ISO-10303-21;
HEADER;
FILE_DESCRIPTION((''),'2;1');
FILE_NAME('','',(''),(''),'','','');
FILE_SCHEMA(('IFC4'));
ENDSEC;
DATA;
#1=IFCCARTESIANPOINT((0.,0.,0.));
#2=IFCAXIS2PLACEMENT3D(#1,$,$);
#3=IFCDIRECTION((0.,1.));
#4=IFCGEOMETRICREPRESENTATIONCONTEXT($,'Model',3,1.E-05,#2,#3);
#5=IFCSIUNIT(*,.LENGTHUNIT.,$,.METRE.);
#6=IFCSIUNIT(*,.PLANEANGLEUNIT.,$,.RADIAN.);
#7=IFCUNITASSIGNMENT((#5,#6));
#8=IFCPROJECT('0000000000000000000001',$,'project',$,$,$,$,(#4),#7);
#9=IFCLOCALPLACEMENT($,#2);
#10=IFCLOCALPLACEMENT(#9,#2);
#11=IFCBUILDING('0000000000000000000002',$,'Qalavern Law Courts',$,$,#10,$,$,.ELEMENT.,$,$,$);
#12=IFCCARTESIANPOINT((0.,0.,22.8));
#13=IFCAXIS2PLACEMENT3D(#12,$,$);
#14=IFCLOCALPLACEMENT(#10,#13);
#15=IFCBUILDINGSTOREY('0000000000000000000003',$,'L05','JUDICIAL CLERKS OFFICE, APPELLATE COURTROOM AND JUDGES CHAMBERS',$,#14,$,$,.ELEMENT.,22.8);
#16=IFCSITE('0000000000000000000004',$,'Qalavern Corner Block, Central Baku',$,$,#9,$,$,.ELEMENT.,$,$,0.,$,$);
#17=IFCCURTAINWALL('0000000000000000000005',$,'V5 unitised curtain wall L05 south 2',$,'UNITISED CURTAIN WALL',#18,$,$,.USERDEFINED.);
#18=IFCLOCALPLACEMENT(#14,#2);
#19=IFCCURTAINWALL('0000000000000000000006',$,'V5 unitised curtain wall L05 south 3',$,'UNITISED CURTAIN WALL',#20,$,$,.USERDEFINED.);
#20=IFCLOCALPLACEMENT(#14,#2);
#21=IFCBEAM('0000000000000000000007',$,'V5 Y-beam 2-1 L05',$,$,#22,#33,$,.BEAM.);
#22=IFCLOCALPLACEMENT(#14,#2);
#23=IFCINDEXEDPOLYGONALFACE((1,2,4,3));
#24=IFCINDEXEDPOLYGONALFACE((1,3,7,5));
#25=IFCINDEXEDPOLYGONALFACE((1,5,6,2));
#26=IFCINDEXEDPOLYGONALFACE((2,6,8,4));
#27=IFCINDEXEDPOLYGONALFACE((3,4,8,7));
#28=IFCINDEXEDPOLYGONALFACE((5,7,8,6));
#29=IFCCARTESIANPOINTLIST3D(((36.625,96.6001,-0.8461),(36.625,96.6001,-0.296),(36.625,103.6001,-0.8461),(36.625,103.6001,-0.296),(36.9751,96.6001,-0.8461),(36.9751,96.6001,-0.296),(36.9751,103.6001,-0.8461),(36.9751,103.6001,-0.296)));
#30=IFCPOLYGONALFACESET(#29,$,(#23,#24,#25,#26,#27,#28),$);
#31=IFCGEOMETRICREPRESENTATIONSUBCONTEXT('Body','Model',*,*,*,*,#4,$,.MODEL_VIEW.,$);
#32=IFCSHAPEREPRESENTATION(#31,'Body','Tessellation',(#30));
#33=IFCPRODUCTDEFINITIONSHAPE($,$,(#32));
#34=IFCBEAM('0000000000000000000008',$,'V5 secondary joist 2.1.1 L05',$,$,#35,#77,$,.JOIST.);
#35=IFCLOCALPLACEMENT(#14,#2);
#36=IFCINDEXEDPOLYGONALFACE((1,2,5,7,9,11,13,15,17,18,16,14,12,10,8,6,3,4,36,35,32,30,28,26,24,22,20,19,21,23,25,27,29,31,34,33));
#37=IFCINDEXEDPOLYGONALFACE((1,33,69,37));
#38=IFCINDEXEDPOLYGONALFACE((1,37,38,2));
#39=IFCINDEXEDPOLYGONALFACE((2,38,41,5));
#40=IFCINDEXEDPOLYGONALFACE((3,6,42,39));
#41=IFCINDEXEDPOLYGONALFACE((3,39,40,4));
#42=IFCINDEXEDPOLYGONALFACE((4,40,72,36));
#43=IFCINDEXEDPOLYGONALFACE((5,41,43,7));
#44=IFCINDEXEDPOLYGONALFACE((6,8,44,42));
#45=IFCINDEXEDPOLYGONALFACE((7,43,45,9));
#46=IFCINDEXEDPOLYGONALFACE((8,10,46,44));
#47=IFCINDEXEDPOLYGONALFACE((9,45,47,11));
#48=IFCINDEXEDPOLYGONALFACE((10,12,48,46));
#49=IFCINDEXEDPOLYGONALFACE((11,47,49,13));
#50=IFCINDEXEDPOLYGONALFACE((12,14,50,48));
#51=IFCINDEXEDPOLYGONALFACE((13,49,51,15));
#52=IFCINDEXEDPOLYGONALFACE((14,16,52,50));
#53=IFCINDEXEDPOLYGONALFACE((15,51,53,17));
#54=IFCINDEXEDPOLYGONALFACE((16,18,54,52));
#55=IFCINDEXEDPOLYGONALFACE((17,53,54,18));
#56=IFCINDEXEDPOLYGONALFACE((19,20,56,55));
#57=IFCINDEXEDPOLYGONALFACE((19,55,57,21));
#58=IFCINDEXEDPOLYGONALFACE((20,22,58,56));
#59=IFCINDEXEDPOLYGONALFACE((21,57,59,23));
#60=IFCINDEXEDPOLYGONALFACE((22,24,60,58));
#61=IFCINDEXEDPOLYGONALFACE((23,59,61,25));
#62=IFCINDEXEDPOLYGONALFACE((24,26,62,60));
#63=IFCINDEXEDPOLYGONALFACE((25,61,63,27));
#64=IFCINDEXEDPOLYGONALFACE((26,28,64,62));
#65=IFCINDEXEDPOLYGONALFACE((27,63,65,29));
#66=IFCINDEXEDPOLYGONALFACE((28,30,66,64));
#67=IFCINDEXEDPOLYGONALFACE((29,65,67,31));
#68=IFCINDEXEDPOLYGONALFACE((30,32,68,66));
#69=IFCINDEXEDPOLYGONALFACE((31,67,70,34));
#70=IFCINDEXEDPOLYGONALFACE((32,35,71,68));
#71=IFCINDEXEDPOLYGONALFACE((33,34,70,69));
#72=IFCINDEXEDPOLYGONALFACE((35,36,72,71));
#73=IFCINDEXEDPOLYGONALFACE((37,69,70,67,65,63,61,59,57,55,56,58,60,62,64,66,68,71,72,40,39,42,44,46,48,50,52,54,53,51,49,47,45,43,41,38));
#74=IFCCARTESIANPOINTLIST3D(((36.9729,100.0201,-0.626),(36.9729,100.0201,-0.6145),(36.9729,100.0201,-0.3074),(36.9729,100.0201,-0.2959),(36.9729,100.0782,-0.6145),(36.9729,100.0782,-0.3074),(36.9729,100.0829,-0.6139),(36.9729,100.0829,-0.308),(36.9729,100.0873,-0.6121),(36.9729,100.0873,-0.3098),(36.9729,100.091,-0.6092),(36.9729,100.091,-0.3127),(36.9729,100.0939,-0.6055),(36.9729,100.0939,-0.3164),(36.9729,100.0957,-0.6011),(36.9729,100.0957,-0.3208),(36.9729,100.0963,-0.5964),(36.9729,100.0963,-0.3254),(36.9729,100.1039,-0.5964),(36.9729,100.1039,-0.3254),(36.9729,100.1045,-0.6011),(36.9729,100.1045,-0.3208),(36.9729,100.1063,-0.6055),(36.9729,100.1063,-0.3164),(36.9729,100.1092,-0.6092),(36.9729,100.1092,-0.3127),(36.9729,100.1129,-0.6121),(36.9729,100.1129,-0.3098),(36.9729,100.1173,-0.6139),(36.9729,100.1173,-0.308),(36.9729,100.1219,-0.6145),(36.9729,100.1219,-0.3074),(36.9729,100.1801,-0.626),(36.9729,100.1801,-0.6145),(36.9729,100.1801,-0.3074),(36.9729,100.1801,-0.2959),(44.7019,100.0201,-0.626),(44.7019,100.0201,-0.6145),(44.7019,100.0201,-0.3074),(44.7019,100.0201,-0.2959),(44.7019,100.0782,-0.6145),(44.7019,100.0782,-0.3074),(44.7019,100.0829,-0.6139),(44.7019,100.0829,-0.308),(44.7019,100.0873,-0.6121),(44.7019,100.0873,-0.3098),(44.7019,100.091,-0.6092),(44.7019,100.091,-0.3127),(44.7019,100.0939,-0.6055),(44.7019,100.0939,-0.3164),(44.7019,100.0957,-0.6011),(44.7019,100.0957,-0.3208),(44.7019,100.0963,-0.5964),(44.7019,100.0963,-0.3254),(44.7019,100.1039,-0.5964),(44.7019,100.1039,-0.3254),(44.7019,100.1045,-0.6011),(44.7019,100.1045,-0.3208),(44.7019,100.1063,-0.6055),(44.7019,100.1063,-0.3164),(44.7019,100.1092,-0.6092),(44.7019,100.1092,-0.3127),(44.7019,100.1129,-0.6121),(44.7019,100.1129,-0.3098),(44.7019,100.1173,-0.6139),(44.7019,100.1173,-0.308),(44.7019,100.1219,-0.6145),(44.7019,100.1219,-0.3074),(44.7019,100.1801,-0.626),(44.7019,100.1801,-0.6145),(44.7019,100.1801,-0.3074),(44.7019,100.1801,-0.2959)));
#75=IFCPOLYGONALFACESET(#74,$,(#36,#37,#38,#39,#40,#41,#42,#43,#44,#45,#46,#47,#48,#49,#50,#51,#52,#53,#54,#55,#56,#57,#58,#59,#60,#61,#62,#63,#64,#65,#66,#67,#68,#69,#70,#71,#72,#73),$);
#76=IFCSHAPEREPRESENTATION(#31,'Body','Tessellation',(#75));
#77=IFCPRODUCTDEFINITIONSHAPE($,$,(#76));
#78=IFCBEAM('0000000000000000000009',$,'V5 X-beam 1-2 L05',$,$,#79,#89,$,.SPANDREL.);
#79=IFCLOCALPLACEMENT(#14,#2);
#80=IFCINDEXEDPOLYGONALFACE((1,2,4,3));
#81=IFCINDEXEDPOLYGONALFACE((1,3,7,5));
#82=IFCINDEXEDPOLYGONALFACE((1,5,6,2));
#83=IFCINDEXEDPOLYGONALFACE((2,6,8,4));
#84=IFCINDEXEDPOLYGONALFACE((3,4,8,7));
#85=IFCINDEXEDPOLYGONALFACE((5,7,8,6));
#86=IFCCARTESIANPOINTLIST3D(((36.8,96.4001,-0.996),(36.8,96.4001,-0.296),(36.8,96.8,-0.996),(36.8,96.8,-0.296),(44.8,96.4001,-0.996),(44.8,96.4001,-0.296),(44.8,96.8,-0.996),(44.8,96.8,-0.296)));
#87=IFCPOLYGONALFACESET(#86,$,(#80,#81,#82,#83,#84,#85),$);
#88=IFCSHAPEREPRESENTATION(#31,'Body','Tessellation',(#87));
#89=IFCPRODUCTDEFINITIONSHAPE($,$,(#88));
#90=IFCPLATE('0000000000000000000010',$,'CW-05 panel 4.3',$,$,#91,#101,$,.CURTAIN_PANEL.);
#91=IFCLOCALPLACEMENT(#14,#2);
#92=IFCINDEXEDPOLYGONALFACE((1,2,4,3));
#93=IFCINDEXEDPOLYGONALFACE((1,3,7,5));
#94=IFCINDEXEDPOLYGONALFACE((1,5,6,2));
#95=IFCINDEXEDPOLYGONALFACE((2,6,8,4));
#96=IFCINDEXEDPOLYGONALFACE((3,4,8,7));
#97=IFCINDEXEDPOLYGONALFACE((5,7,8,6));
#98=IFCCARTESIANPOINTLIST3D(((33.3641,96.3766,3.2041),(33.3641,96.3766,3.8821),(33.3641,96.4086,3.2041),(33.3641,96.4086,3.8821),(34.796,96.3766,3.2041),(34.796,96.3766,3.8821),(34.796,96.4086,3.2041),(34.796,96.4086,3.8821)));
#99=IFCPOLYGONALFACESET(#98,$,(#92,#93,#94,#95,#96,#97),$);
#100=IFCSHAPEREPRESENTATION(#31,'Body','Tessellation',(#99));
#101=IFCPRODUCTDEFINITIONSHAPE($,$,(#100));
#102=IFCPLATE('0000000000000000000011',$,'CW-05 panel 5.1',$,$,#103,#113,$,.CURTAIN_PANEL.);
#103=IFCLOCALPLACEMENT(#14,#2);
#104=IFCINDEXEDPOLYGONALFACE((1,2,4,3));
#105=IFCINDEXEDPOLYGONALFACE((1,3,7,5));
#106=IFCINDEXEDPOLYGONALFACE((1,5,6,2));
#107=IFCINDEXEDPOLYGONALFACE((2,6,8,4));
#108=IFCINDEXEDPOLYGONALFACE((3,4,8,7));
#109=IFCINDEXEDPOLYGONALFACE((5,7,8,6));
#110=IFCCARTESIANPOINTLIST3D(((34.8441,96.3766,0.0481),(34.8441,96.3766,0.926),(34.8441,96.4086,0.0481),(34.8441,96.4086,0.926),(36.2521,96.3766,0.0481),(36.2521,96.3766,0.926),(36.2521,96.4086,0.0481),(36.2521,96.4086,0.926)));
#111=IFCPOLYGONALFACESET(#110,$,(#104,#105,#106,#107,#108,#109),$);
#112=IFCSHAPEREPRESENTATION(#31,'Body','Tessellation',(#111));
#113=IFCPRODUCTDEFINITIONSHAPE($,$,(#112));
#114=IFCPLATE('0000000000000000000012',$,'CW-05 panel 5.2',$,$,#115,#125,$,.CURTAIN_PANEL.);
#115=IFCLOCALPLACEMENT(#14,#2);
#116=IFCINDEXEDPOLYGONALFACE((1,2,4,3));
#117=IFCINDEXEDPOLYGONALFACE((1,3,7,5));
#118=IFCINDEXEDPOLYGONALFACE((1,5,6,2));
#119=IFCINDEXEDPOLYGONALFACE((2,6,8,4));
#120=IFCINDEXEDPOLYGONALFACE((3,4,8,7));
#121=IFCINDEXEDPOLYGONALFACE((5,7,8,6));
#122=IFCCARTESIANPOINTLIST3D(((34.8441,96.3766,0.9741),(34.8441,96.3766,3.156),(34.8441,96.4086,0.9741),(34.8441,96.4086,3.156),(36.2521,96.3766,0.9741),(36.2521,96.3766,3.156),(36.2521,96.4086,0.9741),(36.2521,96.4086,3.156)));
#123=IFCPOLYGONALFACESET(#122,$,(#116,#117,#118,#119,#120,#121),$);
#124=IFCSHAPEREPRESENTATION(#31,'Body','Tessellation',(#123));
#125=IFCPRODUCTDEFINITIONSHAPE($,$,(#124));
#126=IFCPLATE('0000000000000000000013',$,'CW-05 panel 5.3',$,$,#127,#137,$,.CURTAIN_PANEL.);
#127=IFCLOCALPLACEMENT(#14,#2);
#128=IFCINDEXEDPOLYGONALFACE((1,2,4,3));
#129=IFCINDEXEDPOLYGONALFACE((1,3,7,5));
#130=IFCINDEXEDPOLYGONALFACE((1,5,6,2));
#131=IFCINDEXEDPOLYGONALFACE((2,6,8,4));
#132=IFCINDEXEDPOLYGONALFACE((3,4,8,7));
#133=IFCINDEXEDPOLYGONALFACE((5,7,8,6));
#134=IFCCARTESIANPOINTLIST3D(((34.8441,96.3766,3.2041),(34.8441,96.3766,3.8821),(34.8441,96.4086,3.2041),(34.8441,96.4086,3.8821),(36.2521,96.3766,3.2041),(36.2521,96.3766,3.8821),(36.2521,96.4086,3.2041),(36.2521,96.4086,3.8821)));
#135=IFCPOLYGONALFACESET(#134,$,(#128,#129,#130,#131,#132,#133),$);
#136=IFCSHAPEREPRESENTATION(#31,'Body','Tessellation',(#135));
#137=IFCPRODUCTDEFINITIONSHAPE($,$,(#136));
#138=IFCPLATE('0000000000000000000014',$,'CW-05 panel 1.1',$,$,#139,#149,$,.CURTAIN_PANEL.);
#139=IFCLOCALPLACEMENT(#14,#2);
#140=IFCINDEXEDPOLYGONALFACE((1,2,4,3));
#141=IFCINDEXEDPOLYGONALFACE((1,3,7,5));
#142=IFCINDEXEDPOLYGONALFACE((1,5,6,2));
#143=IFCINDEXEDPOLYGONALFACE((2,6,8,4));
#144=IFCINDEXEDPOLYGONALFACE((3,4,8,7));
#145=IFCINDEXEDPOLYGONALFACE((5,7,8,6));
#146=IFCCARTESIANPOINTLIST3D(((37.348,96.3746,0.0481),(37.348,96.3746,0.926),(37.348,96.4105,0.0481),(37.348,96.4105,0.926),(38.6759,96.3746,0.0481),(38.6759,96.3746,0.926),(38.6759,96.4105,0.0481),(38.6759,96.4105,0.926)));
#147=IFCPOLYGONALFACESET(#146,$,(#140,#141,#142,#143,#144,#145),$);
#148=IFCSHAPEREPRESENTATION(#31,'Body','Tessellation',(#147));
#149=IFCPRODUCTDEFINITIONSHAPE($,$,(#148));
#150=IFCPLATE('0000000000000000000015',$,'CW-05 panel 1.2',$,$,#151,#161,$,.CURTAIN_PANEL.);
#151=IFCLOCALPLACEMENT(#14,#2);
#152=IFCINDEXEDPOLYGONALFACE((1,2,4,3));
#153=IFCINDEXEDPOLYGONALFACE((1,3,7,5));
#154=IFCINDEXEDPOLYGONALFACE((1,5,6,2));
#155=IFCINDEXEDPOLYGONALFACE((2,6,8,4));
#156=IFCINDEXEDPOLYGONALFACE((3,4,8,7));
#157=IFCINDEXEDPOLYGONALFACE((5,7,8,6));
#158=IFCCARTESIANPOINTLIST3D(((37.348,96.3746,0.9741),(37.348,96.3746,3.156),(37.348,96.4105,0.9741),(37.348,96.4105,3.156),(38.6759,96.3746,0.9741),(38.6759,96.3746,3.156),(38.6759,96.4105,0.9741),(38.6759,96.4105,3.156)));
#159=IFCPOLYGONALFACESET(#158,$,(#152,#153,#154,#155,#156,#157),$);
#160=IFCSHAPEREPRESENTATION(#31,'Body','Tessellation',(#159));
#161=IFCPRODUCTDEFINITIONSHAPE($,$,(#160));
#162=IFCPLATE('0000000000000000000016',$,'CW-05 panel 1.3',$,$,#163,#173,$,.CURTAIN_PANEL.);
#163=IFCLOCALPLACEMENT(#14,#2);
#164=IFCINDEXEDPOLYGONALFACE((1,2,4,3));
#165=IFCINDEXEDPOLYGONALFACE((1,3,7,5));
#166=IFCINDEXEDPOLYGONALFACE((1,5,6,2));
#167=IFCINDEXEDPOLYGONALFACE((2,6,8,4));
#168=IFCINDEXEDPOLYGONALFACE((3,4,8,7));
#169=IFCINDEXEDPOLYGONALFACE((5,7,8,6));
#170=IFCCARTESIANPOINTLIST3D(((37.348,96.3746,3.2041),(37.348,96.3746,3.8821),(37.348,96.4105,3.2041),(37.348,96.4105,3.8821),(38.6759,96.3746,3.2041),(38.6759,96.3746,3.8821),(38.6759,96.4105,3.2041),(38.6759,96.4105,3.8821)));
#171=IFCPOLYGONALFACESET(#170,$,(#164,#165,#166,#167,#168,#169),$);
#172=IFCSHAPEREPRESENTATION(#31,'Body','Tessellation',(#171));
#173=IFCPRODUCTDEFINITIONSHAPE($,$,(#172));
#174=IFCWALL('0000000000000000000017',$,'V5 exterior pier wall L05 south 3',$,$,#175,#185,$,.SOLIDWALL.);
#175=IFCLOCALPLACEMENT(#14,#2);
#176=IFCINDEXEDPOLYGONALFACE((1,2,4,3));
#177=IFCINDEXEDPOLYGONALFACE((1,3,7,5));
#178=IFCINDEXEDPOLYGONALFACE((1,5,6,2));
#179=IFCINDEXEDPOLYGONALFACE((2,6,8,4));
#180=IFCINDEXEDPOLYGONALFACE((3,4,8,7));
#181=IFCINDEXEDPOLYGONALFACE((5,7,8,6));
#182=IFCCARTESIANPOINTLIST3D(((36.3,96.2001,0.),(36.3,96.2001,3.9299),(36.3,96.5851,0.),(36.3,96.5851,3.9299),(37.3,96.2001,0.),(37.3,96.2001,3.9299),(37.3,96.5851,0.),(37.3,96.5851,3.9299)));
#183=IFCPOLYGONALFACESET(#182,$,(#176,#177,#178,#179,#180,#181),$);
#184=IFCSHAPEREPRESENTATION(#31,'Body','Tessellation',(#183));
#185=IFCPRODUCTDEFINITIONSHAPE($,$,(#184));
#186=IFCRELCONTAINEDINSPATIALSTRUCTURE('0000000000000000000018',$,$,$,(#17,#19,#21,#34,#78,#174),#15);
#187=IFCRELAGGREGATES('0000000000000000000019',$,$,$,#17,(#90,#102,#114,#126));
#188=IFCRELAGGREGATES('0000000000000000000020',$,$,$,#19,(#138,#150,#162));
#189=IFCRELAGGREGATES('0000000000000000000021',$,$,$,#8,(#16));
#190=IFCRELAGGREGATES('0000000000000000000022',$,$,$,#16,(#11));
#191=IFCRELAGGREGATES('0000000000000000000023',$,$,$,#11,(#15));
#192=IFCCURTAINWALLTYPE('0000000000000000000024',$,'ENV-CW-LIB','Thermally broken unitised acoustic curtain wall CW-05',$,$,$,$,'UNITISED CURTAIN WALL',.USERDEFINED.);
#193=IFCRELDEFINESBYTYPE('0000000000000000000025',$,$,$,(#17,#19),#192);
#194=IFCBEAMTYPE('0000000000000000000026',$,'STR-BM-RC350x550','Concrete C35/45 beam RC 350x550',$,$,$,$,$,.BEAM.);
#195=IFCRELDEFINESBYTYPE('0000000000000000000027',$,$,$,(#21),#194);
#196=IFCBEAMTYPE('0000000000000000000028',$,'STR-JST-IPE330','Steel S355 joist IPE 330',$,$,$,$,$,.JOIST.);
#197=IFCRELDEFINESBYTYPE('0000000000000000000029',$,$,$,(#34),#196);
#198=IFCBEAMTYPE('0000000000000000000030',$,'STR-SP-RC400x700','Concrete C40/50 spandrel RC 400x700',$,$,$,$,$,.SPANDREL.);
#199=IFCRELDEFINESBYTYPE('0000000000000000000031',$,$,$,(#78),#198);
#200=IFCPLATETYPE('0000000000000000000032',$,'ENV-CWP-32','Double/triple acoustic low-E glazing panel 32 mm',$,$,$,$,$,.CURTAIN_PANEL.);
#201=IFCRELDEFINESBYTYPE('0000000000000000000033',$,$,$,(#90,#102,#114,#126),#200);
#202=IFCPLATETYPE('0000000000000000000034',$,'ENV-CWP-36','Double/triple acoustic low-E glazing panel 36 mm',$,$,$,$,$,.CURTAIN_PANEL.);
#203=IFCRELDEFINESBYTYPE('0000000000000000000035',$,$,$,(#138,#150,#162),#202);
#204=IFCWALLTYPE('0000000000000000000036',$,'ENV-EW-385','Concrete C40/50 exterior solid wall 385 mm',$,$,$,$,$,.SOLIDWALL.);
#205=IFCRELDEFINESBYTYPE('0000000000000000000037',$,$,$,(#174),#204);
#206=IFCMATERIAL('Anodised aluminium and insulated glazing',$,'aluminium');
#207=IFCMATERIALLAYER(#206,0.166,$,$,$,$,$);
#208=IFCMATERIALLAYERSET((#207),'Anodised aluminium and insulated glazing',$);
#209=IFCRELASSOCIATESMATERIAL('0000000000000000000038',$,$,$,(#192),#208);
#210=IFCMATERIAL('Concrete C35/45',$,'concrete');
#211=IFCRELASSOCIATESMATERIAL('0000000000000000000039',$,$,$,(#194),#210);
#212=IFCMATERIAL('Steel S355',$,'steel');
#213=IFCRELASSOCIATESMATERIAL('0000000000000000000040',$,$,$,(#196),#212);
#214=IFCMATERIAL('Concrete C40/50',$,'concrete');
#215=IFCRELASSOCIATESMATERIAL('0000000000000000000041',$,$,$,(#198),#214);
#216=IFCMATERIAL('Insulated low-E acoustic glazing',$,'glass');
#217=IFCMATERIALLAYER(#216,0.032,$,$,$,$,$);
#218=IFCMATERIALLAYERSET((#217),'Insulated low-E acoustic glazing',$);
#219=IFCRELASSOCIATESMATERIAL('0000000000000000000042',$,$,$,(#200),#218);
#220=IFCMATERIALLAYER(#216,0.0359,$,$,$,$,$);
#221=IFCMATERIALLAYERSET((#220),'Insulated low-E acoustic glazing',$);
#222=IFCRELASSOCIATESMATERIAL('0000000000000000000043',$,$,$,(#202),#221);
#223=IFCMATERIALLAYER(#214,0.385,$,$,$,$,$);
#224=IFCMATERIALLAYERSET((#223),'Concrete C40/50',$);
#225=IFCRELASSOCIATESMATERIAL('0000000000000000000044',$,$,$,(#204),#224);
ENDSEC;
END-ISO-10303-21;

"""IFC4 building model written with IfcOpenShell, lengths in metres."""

from ifc_helpers import new_model, si_unit, direction, frame, frame_2d, origin, origin_2d, place, context, subcontext, project, spatial, rectangle, i_section, extrude, material, layer, layer_set, material_profile, profile_set, type_object, element, aggregate, save


model = new_model("IFC4")

# Units and contexts
model_context = context("Model", 3, precision=1e-05, world=origin(), true_north=direction((0.0, 1.0)))
body_context = subcontext(model_context, "Body", "Model", "MODEL_VIEW")
ifc_project = project(units=[si_unit("LENGTHUNIT", "METRE"), si_unit("PLANEANGLEUNIT", "RADIAN")], contexts=[model_context])

# Site, building, storey
site_placement = place(None, origin())
site = spatial("IfcSite", under=ifc_project, at=site_placement, Name="Qalavern Corner Block, Central Baku", CompositionType="ELEMENT", RefElevation=0.0)
building_placement = place(site_placement, origin())
building = spatial("IfcBuilding", under=site, at=building_placement, Name="Qalavern Law Courts", CompositionType="ELEMENT")
storey_placement = place(building_placement, frame((0.0, 0.0, 22.8)))
storey = spatial("IfcBuildingStorey", under=building, at=storey_placement, Name="L05", Description="JUDICIAL CLERKS OFFICE, APPELLATE COURTROOM AND JUDGES CHAMBERS", CompositionType="ELEMENT", Elevation=22.8)

# Curtain walls
ifc_material_1 = material(Name="Anodised aluminium and insulated glazing", Category="aluminium")
ifc_layer_1 = layer(ifc_material_1, 0.166)
ifc_layer_set_1 = layer_set([ifc_layer_1], Name="Anodised aluminium and insulated glazing")
curtain_wall_type = type_object("IfcCurtainWallType", Name="ENV-CW-LIB", Description="Thermally broken unitised acoustic curtain wall CW-05", ElementType="UNITISED CURTAIN WALL", PredefinedType="USERDEFINED", material=ifc_layer_set_1)
curtain_wall_1_placement = place(storey_placement, origin())
curtain_wall_1 = element("IfcCurtainWall", 1, at=curtain_wall_1_placement, inside=storey, type_object=curtain_wall_type, Name="V5 unitised curtain wall L05 south 2", ObjectType="UNITISED CURTAIN WALL", PredefinedType="USERDEFINED")
curtain_wall_2_placement = place(storey_placement, origin())
curtain_wall_2 = element("IfcCurtainWall", 2, at=curtain_wall_2_placement, inside=storey, type_object=curtain_wall_type, Name="V5 unitised curtain wall L05 south 3", ObjectType="UNITISED CURTAIN WALL", PredefinedType="USERDEFINED")

# Beams
ifc_material_2 = material(Name="Steel S355", Category="steel")
ifc_material_3 = material(Name="Concrete C35/45", Category="concrete")
ifc_material_profile_1 = material_profile(ifc_material_3, rectangle(XDim=0.3501, YDim=0.55, at=origin_2d()), Name="RC 350x550")
ifc_profile_set_1 = profile_set([ifc_material_profile_1], Name="Concrete C35/45")
beam_type_1 = type_object("IfcBeamType", Name="STR-BM-RC350x550", Description="Concrete C35/45 beam RC 350x550", PredefinedType="BEAM", material=ifc_profile_set_1)
beam_1_placement = place(storey_placement, frame((36.8, 96.6001, -0.571), z_axis=(0.0, 1.0, 0.0), x_axis=(-1.0, 0.0, 0.0)))
element("IfcBeam", 3, at=beam_1_placement, inside=storey, type_object=beam_type_1, Name="V5 Y-beam 2-1 L05", PredefinedType="BEAM", context=body_context, shape_type="SweptSolid", body=[
    extrude(rectangle(XDim=0.3501, YDim=0.55, at=origin_2d()), origin(), (0.0, 0.0, 1.0), 7.0),
])
ifc_material_profile_2 = material_profile(ifc_material_2, i_section(OverallWidth=0.1599, OverallDepth=0.3301, WebThickness=0.0076, FlangeThickness=0.0115, FilletRadius=0.0181, at=origin_2d()), Name="IPE 330")
ifc_profile_set_2 = profile_set([ifc_material_profile_2], Name="Steel S355")
beam_type_2 = type_object("IfcBeamType", Name="STR-JST-IPE330", Description="Steel S355 joist IPE 330", PredefinedType="JOIST", material=ifc_profile_set_2)
beam_2_placement = place(storey_placement, frame((36.9729, 100.1001, -0.4609), z_axis=(1.0, 0.0, 0.0), x_axis=(0.0, 1.0, 0.0)))
element("IfcBeam", 4, at=beam_2_placement, inside=storey, type_object=beam_type_2, Name="V5 secondary joist 2.1.1 L05", PredefinedType="JOIST", context=body_context, shape_type="SweptSolid", body=[
    extrude(i_section(OverallWidth=0.1599, OverallDepth=0.3301, WebThickness=0.0076, FlangeThickness=0.0115, FilletRadius=0.0181, at=origin_2d()), origin(), (0.0, 0.0, 1.0), 7.729),
])
ifc_material_4 = material(Name="Concrete C40/50", Category="concrete")
ifc_material_profile_3 = material_profile(ifc_material_4, rectangle(XDim=0.3999, YDim=0.7, at=origin_2d()), Name="RC 400x700")
ifc_profile_set_3 = profile_set([ifc_material_profile_3], Name="Concrete C40/50")
beam_type_3 = type_object("IfcBeamType", Name="STR-SP-RC400x700", Description="Concrete C40/50 spandrel RC 400x700", PredefinedType="SPANDREL", material=ifc_profile_set_3)
beam_3_placement = place(storey_placement, frame((36.8, 96.6001, -0.646), z_axis=(1.0, 0.0, 0.0), x_axis=(0.0, 1.0, 0.0)))
element("IfcBeam", 5, at=beam_3_placement, inside=storey, type_object=beam_type_3, Name="V5 X-beam 1-2 L05", PredefinedType="SPANDREL", context=body_context, shape_type="SweptSolid", body=[
    extrude(rectangle(XDim=0.3999, YDim=0.7, at=origin_2d()), origin(), (0.0, 0.0, 1.0), 8.0),
])

# Plates
ifc_material_5 = material(Name="Insulated low-E acoustic glazing", Category="glass")
ifc_layer_2 = layer(ifc_material_5, 0.032)
ifc_layer_set_2 = layer_set([ifc_layer_2], Name="Insulated low-E acoustic glazing")
plate_type_1 = type_object("IfcPlateType", Name="ENV-CWP-32", Description="Double/triple acoustic low-E glazing panel 32 mm", PredefinedType="CURTAIN_PANEL", material=ifc_layer_set_2)
plate_1_placement = place(storey_placement, frame((34.0801, 96.3926, 3.2041), z_axis=(0.0, 0.0, 1.0), x_axis=(1.0, 0.0, 0.0)))
plate_1 = element("IfcPlate", 6, at=plate_1_placement, type_object=plate_type_1, Name="CW-05 panel 4.3", PredefinedType="CURTAIN_PANEL", context=body_context, shape_type="SweptSolid", body=[
    extrude(rectangle(XDim=1.4319, YDim=0.032, at=origin_2d()), origin(), (0.0, 0.0, 1.0), 0.678),
])
plate_2_placement = place(storey_placement, frame((35.5481, 96.3926, 0.0481), z_axis=(0.0, 0.0, 1.0), x_axis=(1.0, 0.0, 0.0)))
plate_2 = element("IfcPlate", 7, at=plate_2_placement, type_object=plate_type_1, Name="CW-05 panel 5.1", PredefinedType="CURTAIN_PANEL", context=body_context, shape_type="SweptSolid", body=[
    extrude(rectangle(XDim=1.408, YDim=0.032, at=origin_2d()), origin(), (0.0, 0.0, 1.0), 0.8779),
])
plate_3_placement = place(storey_placement, frame((35.5481, 96.3926, 0.9741), z_axis=(0.0, 0.0, 1.0), x_axis=(1.0, 0.0, 0.0)))
plate_3 = element("IfcPlate", 8, at=plate_3_placement, type_object=plate_type_1, Name="CW-05 panel 5.2", PredefinedType="CURTAIN_PANEL", context=body_context, shape_type="SweptSolid", body=[
    extrude(rectangle(XDim=1.408, YDim=0.032, at=origin_2d()), origin(), (0.0, 0.0, 1.0), 2.1819),
])
plate_4_placement = place(storey_placement, frame((35.5481, 96.3926, 3.2041), z_axis=(0.0, 0.0, 1.0), x_axis=(1.0, 0.0, 0.0)))
plate_4 = element("IfcPlate", 9, at=plate_4_placement, type_object=plate_type_1, Name="CW-05 panel 5.3", PredefinedType="CURTAIN_PANEL", context=body_context, shape_type="SweptSolid", body=[
    extrude(rectangle(XDim=1.408, YDim=0.032, at=origin_2d()), origin(), (0.0, 0.0, 1.0), 0.678),
])
aggregate(curtain_wall_1, [plate_1, plate_2, plate_3, plate_4])
ifc_layer_3 = layer(ifc_material_5, 0.0359)
ifc_layer_set_3 = layer_set([ifc_layer_3], Name="Insulated low-E acoustic glazing")
plate_type_2 = type_object("IfcPlateType", Name="ENV-CWP-36", Description="Double/triple acoustic low-E glazing panel 36 mm", PredefinedType="CURTAIN_PANEL", material=ifc_layer_set_3)
plate_5_placement = place(storey_placement, frame((38.012, 96.3926, 0.0481), z_axis=(0.0, 0.0, 1.0), x_axis=(1.0, 0.0, 0.0)))
plate_5 = element("IfcPlate", 10, at=plate_5_placement, type_object=plate_type_2, Name="CW-05 panel 1.1", PredefinedType="CURTAIN_PANEL", context=body_context, shape_type="SweptSolid", body=[
    extrude(rectangle(XDim=1.3279, YDim=0.0359, at=origin_2d()), origin(), (0.0, 0.0, 1.0), 0.8779),
])
plate_6_placement = place(storey_placement, frame((38.012, 96.3926, 0.9741), z_axis=(0.0, 0.0, 1.0), x_axis=(1.0, 0.0, 0.0)))
plate_6 = element("IfcPlate", 11, at=plate_6_placement, type_object=plate_type_2, Name="CW-05 panel 1.2", PredefinedType="CURTAIN_PANEL", context=body_context, shape_type="SweptSolid", body=[
    extrude(rectangle(XDim=1.3279, YDim=0.0359, at=origin_2d()), origin(), (0.0, 0.0, 1.0), 2.1819),
])
plate_7_placement = place(storey_placement, frame((38.012, 96.3926, 3.2041), z_axis=(0.0, 0.0, 1.0), x_axis=(1.0, 0.0, 0.0)))
plate_7 = element("IfcPlate", 12, at=plate_7_placement, type_object=plate_type_2, Name="CW-05 panel 1.3", PredefinedType="CURTAIN_PANEL", context=body_context, shape_type="SweptSolid", body=[
    extrude(rectangle(XDim=1.3279, YDim=0.0359, at=origin_2d()), origin(), (0.0, 0.0, 1.0), 0.678),
])
aggregate(curtain_wall_2, [plate_5, plate_6, plate_7])

# Wall
ifc_layer_4 = layer(ifc_material_4, 0.385)
ifc_layer_set_4 = layer_set([ifc_layer_4], Name="Concrete C40/50")
wall_type_1 = type_object("IfcWallType", Name="ENV-EW-385", Description="Concrete C40/50 exterior solid wall 385 mm", PredefinedType="SOLIDWALL", material=ifc_layer_set_4)
wall_1_placement = place(storey_placement, frame((36.3, 96.3926, 0.0), z_axis=(0.0, 0.0, 1.0), x_axis=(1.0, 0.0, 0.0)))
element("IfcWall", 13, at=wall_1_placement, inside=storey, type_object=wall_type_1, Name="V5 exterior pier wall L05 south 3", PredefinedType="SOLIDWALL", context=body_context, shape_type="SweptSolid", body=[
    extrude(rectangle(XDim=1.0, YDim=0.385, at=frame_2d((0.5, 0.0))), origin(), (0.0, 0.0, 1.0), 3.9299),
])

save(model, "model.ifc")
